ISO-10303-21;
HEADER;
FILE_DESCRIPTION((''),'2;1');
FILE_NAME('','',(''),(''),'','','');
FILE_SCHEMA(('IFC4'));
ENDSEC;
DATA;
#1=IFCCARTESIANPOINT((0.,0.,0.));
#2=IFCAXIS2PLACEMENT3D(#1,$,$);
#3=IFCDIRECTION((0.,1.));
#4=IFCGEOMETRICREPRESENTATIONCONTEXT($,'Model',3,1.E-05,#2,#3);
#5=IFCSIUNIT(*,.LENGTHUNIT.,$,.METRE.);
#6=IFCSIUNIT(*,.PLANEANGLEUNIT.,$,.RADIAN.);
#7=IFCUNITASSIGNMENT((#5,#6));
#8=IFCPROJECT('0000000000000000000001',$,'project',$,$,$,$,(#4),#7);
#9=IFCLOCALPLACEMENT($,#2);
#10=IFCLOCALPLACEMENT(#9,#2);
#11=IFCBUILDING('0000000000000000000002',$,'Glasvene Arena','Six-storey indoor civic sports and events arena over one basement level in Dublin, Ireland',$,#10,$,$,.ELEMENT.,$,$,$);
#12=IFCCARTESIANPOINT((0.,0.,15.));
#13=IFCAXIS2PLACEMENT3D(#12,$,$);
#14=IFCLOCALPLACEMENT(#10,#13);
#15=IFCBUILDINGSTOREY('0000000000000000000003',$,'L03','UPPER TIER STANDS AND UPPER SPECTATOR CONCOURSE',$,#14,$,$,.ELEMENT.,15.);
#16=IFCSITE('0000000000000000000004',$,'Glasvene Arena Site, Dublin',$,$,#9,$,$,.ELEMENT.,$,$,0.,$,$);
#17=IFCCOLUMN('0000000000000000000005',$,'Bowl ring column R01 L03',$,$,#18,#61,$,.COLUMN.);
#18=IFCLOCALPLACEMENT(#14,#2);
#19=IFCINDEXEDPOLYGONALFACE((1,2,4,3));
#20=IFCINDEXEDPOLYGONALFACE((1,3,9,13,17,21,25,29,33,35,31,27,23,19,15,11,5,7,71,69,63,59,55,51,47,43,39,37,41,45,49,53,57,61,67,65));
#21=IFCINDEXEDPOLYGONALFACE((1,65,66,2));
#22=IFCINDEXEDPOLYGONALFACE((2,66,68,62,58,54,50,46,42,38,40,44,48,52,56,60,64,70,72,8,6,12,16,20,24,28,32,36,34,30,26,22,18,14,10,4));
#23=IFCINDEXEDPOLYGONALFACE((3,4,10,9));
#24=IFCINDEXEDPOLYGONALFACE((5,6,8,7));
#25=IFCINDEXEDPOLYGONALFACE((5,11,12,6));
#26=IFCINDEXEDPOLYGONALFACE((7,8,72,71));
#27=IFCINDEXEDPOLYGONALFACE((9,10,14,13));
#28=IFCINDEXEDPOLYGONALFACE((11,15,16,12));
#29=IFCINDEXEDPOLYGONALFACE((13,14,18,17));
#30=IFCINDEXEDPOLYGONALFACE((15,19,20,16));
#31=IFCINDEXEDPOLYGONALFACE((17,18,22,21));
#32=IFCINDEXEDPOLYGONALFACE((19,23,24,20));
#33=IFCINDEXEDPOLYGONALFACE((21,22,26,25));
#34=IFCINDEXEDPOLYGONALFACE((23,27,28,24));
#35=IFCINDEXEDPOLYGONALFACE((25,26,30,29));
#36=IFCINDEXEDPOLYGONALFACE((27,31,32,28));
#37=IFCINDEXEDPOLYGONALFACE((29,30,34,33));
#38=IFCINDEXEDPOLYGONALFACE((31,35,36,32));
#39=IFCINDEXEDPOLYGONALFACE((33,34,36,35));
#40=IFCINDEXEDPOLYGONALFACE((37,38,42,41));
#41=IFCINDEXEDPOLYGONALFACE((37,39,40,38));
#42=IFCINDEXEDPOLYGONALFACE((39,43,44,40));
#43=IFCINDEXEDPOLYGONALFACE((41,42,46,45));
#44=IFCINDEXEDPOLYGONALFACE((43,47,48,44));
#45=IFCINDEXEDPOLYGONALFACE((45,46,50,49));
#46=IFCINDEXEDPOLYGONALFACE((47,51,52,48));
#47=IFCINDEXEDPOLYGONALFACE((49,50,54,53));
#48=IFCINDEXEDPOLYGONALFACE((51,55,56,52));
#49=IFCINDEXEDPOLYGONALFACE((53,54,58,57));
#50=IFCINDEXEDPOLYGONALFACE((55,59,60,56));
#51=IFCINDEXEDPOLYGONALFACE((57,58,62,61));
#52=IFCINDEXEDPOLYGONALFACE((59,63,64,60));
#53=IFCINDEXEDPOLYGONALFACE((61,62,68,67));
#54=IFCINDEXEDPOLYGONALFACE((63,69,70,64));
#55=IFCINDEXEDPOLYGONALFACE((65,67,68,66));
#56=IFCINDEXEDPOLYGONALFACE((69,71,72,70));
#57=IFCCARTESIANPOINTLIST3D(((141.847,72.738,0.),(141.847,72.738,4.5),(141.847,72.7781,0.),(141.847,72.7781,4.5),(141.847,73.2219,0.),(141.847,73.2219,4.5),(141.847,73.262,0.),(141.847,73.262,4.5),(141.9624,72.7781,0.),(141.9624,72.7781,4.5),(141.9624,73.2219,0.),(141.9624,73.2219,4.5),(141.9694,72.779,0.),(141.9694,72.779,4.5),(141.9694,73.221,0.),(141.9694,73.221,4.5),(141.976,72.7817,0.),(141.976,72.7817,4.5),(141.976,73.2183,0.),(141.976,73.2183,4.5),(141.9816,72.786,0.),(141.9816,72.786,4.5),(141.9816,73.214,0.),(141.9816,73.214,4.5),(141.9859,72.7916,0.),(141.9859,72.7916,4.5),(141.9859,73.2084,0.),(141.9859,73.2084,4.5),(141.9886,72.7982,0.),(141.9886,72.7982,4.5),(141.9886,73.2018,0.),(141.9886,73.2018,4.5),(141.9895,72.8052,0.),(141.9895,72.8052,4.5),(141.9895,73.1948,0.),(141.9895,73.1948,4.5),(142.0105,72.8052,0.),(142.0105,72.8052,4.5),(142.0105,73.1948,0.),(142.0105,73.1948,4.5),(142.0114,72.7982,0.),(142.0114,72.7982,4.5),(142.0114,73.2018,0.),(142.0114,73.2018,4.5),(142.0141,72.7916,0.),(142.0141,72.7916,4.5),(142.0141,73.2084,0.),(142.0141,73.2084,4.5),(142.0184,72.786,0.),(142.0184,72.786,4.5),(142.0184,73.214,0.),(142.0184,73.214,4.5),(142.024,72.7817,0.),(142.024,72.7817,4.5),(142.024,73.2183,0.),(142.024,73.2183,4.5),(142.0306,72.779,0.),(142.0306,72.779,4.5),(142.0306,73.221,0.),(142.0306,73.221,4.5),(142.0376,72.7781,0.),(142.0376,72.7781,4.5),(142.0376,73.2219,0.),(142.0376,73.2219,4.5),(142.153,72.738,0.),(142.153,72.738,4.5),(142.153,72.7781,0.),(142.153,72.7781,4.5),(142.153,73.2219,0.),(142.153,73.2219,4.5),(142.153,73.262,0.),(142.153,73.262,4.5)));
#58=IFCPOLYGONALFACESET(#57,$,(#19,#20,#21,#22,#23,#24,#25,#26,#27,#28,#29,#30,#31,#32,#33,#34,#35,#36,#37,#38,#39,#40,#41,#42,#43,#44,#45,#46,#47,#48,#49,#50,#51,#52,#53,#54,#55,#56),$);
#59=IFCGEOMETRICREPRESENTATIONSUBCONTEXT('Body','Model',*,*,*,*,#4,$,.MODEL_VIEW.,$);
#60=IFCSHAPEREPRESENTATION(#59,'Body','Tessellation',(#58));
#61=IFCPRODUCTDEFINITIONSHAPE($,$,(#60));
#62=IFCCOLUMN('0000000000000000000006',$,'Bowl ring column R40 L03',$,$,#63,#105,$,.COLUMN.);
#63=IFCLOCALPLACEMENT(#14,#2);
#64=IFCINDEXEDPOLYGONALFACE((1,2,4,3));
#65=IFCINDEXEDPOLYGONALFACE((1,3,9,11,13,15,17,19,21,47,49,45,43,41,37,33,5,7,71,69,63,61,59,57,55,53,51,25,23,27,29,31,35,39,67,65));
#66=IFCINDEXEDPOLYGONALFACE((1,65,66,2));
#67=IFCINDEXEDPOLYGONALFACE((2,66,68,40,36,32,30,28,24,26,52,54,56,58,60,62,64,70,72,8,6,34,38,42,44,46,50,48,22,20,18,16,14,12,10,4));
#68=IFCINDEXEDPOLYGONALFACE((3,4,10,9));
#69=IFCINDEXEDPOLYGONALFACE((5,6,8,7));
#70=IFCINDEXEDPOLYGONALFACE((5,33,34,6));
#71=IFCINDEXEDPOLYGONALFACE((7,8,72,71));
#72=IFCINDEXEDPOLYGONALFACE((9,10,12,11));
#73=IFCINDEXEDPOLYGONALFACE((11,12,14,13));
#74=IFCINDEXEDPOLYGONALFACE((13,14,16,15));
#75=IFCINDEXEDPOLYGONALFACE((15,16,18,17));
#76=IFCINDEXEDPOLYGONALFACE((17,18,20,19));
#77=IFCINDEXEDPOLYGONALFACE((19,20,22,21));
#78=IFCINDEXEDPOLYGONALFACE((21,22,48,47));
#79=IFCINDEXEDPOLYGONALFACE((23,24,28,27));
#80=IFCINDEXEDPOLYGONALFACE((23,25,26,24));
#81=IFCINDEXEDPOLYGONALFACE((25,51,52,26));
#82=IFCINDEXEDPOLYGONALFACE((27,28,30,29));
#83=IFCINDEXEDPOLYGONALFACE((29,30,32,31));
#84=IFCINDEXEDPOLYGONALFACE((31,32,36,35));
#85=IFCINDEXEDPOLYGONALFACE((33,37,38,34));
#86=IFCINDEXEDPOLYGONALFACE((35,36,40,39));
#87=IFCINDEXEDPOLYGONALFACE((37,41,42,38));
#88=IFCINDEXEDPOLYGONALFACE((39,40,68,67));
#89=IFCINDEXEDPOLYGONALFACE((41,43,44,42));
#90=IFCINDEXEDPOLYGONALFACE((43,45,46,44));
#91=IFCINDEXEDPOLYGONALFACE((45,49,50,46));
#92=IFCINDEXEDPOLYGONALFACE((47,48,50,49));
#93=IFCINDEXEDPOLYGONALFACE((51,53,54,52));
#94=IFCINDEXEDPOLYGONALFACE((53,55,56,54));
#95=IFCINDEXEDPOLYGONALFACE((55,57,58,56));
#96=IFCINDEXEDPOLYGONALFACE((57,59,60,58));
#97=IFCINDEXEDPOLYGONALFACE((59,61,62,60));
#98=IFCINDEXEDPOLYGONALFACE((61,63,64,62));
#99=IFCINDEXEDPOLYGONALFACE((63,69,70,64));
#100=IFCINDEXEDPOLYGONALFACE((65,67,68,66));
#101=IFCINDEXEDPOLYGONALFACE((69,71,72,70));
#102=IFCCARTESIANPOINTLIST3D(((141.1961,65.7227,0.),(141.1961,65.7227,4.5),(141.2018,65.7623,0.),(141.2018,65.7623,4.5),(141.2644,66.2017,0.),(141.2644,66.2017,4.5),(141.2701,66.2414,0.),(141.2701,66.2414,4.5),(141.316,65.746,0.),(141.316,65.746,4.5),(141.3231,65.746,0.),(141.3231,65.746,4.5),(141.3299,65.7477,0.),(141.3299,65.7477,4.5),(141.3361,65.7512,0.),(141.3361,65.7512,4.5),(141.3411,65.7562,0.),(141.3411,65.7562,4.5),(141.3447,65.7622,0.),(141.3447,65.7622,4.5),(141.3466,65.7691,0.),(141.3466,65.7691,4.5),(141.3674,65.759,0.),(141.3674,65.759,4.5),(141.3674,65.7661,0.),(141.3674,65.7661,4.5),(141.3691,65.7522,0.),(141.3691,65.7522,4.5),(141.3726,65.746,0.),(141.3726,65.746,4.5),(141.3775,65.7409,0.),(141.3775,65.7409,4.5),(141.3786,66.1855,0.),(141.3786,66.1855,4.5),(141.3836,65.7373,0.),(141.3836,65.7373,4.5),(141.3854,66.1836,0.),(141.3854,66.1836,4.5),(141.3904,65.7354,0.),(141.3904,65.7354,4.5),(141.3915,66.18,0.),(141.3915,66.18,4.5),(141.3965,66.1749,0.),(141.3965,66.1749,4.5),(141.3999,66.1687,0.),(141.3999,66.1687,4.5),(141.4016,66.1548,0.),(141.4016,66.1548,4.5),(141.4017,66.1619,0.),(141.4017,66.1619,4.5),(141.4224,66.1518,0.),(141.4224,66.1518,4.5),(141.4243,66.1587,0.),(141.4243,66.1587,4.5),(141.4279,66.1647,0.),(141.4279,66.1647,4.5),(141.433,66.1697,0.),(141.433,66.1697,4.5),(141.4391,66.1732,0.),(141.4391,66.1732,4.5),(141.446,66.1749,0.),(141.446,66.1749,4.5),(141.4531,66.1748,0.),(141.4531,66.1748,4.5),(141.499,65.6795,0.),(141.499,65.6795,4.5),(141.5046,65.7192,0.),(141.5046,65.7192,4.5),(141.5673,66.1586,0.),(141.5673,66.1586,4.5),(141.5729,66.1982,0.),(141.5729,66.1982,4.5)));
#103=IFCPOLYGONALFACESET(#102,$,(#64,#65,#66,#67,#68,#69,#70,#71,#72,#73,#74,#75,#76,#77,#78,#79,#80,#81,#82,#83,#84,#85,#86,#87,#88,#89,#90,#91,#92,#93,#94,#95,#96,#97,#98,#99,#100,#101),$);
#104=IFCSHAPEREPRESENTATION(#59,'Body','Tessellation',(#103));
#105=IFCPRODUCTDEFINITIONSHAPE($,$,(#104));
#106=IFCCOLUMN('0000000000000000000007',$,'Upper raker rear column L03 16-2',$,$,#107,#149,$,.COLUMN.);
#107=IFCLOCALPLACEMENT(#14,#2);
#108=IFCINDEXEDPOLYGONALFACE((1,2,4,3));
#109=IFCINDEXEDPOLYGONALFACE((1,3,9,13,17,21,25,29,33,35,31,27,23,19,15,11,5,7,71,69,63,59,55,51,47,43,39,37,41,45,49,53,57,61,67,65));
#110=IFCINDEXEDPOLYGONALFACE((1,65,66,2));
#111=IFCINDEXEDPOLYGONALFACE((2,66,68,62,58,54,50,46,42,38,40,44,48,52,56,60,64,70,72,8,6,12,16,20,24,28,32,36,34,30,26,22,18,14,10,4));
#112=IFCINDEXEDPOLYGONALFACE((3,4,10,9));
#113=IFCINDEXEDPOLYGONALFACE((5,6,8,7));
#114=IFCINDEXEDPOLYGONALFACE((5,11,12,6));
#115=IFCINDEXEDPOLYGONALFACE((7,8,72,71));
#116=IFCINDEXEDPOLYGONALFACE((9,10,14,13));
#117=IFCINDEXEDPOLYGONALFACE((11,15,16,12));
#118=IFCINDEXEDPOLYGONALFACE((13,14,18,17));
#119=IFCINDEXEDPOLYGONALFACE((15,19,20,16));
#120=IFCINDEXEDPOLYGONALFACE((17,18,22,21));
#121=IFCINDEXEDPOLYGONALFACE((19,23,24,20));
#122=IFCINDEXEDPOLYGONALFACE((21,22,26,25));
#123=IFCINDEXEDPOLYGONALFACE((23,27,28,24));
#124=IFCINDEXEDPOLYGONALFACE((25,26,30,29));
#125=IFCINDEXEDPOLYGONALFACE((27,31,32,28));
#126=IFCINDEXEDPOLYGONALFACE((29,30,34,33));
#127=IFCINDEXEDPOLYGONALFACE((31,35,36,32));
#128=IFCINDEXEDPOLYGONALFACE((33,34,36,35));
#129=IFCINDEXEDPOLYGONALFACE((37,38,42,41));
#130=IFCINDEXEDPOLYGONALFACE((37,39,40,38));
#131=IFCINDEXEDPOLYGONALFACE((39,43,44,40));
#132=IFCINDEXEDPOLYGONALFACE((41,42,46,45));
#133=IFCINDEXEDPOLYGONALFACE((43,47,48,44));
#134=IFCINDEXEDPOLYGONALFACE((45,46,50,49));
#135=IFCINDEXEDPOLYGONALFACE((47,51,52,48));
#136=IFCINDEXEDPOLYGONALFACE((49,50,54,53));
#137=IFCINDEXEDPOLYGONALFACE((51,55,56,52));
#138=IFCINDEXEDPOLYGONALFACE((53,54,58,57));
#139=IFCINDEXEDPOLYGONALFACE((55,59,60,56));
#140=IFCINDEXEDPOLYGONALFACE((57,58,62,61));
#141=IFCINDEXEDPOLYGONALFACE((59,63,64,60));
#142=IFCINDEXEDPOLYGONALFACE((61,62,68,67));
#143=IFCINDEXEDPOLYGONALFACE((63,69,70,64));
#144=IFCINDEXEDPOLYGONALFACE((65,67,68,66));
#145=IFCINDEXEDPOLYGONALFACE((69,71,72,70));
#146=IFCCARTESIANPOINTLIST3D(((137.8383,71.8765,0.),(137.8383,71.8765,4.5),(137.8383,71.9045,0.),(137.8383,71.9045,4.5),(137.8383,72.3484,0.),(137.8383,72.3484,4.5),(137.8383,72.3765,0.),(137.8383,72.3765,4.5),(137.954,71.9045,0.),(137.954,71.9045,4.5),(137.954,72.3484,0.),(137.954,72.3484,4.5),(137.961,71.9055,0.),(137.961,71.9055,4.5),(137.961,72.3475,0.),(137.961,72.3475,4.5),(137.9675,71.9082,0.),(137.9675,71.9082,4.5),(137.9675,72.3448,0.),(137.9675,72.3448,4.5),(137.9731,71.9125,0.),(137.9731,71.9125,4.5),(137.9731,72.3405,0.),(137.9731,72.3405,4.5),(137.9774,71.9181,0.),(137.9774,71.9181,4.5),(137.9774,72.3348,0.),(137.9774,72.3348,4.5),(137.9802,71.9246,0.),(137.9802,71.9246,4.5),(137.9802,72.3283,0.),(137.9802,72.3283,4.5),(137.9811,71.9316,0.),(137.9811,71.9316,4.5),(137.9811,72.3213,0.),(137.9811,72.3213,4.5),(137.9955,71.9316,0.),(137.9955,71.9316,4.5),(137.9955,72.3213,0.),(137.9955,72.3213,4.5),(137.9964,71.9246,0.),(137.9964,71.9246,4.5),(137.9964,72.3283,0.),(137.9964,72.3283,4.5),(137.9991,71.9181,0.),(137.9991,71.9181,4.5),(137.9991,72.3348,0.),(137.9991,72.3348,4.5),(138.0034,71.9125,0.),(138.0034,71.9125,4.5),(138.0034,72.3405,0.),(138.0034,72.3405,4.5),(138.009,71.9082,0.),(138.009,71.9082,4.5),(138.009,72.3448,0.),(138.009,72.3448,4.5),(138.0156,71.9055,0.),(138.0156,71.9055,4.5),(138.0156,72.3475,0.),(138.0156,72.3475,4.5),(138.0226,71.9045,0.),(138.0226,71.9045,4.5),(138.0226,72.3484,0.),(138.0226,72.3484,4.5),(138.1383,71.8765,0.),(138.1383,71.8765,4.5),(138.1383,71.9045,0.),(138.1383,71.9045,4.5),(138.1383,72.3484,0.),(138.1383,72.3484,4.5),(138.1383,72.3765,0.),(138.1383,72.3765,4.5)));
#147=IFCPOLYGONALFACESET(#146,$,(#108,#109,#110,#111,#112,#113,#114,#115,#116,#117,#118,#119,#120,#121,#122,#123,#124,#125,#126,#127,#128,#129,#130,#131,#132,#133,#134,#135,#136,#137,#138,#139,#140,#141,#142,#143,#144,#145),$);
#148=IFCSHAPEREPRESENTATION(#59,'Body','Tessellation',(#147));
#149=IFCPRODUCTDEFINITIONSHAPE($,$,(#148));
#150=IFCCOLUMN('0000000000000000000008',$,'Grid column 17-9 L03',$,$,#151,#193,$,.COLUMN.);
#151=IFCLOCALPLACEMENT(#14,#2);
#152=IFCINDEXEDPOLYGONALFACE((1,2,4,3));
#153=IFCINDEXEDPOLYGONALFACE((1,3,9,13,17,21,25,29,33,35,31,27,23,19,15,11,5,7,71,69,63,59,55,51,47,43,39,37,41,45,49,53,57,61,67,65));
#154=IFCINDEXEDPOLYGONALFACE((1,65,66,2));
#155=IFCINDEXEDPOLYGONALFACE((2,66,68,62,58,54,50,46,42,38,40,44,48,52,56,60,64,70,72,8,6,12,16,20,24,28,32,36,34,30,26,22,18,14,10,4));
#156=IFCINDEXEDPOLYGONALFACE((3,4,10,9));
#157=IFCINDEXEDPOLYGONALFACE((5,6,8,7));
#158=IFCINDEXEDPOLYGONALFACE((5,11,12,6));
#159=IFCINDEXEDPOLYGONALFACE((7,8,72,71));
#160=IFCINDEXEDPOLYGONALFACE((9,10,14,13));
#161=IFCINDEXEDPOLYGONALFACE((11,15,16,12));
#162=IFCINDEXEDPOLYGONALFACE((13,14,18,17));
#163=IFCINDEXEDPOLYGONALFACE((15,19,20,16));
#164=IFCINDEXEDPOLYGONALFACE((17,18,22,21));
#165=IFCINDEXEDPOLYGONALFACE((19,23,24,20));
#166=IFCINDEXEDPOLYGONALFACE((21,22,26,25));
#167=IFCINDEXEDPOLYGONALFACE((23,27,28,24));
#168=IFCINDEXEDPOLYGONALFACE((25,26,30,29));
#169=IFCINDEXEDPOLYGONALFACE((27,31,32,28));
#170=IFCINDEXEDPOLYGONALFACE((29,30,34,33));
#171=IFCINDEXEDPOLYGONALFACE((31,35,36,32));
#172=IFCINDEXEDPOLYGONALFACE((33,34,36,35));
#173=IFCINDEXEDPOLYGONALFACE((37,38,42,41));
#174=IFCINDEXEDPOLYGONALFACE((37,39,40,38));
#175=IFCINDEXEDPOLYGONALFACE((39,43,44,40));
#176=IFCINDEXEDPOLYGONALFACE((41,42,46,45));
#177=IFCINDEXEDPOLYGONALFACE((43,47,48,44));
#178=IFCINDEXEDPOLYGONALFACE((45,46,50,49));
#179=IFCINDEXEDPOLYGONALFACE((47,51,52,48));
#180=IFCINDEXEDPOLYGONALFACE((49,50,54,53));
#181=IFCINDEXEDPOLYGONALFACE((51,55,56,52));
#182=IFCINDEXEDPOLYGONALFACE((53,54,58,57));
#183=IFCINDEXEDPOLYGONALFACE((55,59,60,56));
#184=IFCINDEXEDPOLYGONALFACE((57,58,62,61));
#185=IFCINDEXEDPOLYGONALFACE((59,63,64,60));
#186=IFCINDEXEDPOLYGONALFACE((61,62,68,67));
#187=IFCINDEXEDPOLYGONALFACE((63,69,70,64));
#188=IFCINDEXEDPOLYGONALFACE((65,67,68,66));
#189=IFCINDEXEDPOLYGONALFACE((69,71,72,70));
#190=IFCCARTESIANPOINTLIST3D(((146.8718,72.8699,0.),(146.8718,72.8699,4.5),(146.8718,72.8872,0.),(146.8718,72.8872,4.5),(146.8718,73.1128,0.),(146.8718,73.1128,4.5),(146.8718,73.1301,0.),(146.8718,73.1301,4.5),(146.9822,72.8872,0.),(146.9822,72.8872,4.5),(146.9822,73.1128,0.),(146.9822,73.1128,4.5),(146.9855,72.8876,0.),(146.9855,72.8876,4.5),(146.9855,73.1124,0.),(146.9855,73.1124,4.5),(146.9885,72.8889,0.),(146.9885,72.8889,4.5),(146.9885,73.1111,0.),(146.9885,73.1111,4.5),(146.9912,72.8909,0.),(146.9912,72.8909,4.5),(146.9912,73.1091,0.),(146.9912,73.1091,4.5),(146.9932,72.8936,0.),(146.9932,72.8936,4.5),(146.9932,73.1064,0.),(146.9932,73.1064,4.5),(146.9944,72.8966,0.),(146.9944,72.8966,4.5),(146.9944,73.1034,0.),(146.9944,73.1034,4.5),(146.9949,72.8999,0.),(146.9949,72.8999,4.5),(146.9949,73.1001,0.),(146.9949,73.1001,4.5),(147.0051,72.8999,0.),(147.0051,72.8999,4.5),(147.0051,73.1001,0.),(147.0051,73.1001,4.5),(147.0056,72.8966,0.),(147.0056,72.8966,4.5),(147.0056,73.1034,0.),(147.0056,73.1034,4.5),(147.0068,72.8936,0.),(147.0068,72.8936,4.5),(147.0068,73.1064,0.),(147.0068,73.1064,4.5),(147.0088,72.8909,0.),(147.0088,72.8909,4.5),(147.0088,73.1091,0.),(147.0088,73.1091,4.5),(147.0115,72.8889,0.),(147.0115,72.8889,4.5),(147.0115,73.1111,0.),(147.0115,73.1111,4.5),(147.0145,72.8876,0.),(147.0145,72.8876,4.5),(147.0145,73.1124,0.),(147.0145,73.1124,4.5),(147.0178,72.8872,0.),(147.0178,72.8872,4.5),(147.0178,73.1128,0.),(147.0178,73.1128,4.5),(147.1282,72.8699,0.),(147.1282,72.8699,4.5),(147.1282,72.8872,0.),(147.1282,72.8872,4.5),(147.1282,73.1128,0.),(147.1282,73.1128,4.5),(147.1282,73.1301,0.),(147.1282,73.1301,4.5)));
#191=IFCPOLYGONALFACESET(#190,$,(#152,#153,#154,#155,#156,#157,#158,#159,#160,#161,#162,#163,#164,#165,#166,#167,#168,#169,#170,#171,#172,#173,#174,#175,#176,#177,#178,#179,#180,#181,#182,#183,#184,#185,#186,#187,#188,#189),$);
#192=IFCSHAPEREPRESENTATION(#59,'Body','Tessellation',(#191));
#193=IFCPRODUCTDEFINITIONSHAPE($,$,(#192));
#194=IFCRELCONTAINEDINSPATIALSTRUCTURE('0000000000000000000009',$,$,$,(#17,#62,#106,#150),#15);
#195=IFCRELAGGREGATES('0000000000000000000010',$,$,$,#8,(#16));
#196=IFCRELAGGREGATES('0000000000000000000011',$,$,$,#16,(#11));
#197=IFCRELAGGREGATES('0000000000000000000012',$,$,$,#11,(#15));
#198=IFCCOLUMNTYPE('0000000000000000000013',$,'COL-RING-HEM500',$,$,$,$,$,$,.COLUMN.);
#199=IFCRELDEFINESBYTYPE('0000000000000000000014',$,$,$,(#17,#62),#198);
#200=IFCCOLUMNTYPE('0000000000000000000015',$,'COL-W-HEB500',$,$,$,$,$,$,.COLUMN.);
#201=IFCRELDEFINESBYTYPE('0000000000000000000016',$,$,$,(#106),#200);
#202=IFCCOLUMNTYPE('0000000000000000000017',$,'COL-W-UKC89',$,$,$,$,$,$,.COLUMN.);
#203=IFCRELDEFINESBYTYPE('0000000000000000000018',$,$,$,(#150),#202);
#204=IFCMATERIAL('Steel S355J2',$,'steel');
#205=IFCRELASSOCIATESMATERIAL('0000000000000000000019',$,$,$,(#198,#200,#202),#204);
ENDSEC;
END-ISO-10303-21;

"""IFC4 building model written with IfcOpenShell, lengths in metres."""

from ifc_helpers import new_model, si_unit, direction, frame, origin, origin_2d, place, context, subcontext, project, spatial, i_section, extrude, material, material_profile, profile_set, type_object, element, save


model = new_model("IFC4")

# Units and contexts
model_context = context("Model", 3, precision=1e-05, world=origin(), true_north=direction((0.0, 1.0)))
body_context = subcontext(model_context, "Body", "Model", "MODEL_VIEW")
ifc_project = project(units=[si_unit("LENGTHUNIT", "METRE"), si_unit("PLANEANGLEUNIT", "RADIAN")], contexts=[model_context])

# Site, building, storey
site_placement = place(None, origin())
site = spatial("IfcSite", under=ifc_project, at=site_placement, Name="Glasvene Arena Site, Dublin", CompositionType="ELEMENT", RefElevation=0.0)
building_placement = place(site_placement, origin())
building = spatial("IfcBuilding", under=site, at=building_placement, Name="Glasvene Arena", Description="Six-storey indoor civic sports and events arena over one basement level in Dublin, Ireland", CompositionType="ELEMENT")
storey_placement = place(building_placement, frame((0.0, 0.0, 15.0)))
storey = spatial("IfcBuildingStorey", under=building, at=storey_placement, Name="L03", Description="UPPER TIER STANDS AND UPPER SPECTATOR CONCOURSE", CompositionType="ELEMENT", Elevation=15.0)

# Columns
ifc_material_1 = material(Name="Steel S355J2", Category="steel")
ifc_material_profile_1 = material_profile(ifc_material_1, i_section(OverallWidth=0.3059, OverallDepth=0.5239, WebThickness=0.021, FlangeThickness=0.04, FilletRadius=0.0271, at=origin_2d()), Name="HEM 500")
ifc_profile_set_1 = profile_set([ifc_material_profile_1], Name="Steel S355J2")
column_type_1 = type_object("IfcColumnType", Name="COL-RING-HEM500", PredefinedType="COLUMN", material=ifc_profile_set_1)
for number, where, z_axis, x_axis, name in (
    (1, (142.0, 73.0, 0.0), (0.0, 0.0, 1.0), (1.0, 0.0, 0.0), "Bowl ring column R01 L03"),
    (2, (141.3845, 65.9604, 0.0), (0.0, 0.0, 1.0), (0.989999, -0.141074, 0.0), "Bowl ring column R40 L03"),
):
    element("IfcColumn", number, at=place(storey_placement, frame(where, z_axis=z_axis, x_axis=x_axis)), inside=storey, type_object=column_type_1, Name=name, PredefinedType="COLUMN", context=body_context, shape_type="SweptSolid", body=[
        extrude(i_section(OverallWidth=0.3059, OverallDepth=0.5239, WebThickness=0.021, FlangeThickness=0.04, FilletRadius=0.0271, at=origin_2d()), origin(), (0.0, 0.0, 1.0), 4.5),
    ])
ifc_material_profile_2 = material_profile(ifc_material_1, i_section(OverallWidth=0.3, OverallDepth=0.5, WebThickness=0.0144, FlangeThickness=0.0281, FilletRadius=0.0271, at=origin_2d()), Name="HEB 500")
ifc_profile_set_2 = profile_set([ifc_material_profile_2], Name="Steel S355J2")
column_type_2 = type_object("IfcColumnType", Name="COL-W-HEB500", PredefinedType="COLUMN", material=ifc_profile_set_2)
column_1_placement = place(storey_placement, frame((137.9883, 72.1265, 0.0), z_axis=(0.0, 0.0, 1.0), x_axis=(1.0, 0.0, 0.0)))
element("IfcColumn", 3, at=column_1_placement, inside=storey, type_object=column_type_2, Name="Upper raker rear column L03 16-2", PredefinedType="COLUMN", context=body_context, shape_type="SweptSolid", body=[
    extrude(i_section(OverallWidth=0.3, OverallDepth=0.5, WebThickness=0.0144, FlangeThickness=0.0281, FilletRadius=0.0271, at=origin_2d()), origin(), (0.0, 0.0, 1.0), 4.5),
])
ifc_material_profile_3 = material_profile(ifc_material_1, i_section(OverallWidth=0.2563, OverallDepth=0.2603, WebThickness=0.0103, FlangeThickness=0.0173, FilletRadius=0.0127, at=origin_2d()), Name="UKC 254x254x89")
ifc_profile_set_3 = profile_set([ifc_material_profile_3], Name="Steel S355J2")
column_type_3 = type_object("IfcColumnType", Name="COL-W-UKC89", PredefinedType="COLUMN", material=ifc_profile_set_3)
column_2_placement = place(storey_placement, frame((147.0, 73.0, 0.0), z_axis=(0.0, 0.0, 1.0), x_axis=(1.0, 0.0, 0.0)))
element("IfcColumn", 4, at=column_2_placement, inside=storey, type_object=column_type_3, Name="Grid column 17-9 L03", PredefinedType="COLUMN", context=body_context, shape_type="SweptSolid", body=[
    extrude(i_section(OverallWidth=0.2563, OverallDepth=0.2603, WebThickness=0.0103, FlangeThickness=0.0173, FilletRadius=0.0127, at=origin_2d()), origin(), (0.0, 0.0, 1.0), 4.5),
])

save(model, "model.ifc")
